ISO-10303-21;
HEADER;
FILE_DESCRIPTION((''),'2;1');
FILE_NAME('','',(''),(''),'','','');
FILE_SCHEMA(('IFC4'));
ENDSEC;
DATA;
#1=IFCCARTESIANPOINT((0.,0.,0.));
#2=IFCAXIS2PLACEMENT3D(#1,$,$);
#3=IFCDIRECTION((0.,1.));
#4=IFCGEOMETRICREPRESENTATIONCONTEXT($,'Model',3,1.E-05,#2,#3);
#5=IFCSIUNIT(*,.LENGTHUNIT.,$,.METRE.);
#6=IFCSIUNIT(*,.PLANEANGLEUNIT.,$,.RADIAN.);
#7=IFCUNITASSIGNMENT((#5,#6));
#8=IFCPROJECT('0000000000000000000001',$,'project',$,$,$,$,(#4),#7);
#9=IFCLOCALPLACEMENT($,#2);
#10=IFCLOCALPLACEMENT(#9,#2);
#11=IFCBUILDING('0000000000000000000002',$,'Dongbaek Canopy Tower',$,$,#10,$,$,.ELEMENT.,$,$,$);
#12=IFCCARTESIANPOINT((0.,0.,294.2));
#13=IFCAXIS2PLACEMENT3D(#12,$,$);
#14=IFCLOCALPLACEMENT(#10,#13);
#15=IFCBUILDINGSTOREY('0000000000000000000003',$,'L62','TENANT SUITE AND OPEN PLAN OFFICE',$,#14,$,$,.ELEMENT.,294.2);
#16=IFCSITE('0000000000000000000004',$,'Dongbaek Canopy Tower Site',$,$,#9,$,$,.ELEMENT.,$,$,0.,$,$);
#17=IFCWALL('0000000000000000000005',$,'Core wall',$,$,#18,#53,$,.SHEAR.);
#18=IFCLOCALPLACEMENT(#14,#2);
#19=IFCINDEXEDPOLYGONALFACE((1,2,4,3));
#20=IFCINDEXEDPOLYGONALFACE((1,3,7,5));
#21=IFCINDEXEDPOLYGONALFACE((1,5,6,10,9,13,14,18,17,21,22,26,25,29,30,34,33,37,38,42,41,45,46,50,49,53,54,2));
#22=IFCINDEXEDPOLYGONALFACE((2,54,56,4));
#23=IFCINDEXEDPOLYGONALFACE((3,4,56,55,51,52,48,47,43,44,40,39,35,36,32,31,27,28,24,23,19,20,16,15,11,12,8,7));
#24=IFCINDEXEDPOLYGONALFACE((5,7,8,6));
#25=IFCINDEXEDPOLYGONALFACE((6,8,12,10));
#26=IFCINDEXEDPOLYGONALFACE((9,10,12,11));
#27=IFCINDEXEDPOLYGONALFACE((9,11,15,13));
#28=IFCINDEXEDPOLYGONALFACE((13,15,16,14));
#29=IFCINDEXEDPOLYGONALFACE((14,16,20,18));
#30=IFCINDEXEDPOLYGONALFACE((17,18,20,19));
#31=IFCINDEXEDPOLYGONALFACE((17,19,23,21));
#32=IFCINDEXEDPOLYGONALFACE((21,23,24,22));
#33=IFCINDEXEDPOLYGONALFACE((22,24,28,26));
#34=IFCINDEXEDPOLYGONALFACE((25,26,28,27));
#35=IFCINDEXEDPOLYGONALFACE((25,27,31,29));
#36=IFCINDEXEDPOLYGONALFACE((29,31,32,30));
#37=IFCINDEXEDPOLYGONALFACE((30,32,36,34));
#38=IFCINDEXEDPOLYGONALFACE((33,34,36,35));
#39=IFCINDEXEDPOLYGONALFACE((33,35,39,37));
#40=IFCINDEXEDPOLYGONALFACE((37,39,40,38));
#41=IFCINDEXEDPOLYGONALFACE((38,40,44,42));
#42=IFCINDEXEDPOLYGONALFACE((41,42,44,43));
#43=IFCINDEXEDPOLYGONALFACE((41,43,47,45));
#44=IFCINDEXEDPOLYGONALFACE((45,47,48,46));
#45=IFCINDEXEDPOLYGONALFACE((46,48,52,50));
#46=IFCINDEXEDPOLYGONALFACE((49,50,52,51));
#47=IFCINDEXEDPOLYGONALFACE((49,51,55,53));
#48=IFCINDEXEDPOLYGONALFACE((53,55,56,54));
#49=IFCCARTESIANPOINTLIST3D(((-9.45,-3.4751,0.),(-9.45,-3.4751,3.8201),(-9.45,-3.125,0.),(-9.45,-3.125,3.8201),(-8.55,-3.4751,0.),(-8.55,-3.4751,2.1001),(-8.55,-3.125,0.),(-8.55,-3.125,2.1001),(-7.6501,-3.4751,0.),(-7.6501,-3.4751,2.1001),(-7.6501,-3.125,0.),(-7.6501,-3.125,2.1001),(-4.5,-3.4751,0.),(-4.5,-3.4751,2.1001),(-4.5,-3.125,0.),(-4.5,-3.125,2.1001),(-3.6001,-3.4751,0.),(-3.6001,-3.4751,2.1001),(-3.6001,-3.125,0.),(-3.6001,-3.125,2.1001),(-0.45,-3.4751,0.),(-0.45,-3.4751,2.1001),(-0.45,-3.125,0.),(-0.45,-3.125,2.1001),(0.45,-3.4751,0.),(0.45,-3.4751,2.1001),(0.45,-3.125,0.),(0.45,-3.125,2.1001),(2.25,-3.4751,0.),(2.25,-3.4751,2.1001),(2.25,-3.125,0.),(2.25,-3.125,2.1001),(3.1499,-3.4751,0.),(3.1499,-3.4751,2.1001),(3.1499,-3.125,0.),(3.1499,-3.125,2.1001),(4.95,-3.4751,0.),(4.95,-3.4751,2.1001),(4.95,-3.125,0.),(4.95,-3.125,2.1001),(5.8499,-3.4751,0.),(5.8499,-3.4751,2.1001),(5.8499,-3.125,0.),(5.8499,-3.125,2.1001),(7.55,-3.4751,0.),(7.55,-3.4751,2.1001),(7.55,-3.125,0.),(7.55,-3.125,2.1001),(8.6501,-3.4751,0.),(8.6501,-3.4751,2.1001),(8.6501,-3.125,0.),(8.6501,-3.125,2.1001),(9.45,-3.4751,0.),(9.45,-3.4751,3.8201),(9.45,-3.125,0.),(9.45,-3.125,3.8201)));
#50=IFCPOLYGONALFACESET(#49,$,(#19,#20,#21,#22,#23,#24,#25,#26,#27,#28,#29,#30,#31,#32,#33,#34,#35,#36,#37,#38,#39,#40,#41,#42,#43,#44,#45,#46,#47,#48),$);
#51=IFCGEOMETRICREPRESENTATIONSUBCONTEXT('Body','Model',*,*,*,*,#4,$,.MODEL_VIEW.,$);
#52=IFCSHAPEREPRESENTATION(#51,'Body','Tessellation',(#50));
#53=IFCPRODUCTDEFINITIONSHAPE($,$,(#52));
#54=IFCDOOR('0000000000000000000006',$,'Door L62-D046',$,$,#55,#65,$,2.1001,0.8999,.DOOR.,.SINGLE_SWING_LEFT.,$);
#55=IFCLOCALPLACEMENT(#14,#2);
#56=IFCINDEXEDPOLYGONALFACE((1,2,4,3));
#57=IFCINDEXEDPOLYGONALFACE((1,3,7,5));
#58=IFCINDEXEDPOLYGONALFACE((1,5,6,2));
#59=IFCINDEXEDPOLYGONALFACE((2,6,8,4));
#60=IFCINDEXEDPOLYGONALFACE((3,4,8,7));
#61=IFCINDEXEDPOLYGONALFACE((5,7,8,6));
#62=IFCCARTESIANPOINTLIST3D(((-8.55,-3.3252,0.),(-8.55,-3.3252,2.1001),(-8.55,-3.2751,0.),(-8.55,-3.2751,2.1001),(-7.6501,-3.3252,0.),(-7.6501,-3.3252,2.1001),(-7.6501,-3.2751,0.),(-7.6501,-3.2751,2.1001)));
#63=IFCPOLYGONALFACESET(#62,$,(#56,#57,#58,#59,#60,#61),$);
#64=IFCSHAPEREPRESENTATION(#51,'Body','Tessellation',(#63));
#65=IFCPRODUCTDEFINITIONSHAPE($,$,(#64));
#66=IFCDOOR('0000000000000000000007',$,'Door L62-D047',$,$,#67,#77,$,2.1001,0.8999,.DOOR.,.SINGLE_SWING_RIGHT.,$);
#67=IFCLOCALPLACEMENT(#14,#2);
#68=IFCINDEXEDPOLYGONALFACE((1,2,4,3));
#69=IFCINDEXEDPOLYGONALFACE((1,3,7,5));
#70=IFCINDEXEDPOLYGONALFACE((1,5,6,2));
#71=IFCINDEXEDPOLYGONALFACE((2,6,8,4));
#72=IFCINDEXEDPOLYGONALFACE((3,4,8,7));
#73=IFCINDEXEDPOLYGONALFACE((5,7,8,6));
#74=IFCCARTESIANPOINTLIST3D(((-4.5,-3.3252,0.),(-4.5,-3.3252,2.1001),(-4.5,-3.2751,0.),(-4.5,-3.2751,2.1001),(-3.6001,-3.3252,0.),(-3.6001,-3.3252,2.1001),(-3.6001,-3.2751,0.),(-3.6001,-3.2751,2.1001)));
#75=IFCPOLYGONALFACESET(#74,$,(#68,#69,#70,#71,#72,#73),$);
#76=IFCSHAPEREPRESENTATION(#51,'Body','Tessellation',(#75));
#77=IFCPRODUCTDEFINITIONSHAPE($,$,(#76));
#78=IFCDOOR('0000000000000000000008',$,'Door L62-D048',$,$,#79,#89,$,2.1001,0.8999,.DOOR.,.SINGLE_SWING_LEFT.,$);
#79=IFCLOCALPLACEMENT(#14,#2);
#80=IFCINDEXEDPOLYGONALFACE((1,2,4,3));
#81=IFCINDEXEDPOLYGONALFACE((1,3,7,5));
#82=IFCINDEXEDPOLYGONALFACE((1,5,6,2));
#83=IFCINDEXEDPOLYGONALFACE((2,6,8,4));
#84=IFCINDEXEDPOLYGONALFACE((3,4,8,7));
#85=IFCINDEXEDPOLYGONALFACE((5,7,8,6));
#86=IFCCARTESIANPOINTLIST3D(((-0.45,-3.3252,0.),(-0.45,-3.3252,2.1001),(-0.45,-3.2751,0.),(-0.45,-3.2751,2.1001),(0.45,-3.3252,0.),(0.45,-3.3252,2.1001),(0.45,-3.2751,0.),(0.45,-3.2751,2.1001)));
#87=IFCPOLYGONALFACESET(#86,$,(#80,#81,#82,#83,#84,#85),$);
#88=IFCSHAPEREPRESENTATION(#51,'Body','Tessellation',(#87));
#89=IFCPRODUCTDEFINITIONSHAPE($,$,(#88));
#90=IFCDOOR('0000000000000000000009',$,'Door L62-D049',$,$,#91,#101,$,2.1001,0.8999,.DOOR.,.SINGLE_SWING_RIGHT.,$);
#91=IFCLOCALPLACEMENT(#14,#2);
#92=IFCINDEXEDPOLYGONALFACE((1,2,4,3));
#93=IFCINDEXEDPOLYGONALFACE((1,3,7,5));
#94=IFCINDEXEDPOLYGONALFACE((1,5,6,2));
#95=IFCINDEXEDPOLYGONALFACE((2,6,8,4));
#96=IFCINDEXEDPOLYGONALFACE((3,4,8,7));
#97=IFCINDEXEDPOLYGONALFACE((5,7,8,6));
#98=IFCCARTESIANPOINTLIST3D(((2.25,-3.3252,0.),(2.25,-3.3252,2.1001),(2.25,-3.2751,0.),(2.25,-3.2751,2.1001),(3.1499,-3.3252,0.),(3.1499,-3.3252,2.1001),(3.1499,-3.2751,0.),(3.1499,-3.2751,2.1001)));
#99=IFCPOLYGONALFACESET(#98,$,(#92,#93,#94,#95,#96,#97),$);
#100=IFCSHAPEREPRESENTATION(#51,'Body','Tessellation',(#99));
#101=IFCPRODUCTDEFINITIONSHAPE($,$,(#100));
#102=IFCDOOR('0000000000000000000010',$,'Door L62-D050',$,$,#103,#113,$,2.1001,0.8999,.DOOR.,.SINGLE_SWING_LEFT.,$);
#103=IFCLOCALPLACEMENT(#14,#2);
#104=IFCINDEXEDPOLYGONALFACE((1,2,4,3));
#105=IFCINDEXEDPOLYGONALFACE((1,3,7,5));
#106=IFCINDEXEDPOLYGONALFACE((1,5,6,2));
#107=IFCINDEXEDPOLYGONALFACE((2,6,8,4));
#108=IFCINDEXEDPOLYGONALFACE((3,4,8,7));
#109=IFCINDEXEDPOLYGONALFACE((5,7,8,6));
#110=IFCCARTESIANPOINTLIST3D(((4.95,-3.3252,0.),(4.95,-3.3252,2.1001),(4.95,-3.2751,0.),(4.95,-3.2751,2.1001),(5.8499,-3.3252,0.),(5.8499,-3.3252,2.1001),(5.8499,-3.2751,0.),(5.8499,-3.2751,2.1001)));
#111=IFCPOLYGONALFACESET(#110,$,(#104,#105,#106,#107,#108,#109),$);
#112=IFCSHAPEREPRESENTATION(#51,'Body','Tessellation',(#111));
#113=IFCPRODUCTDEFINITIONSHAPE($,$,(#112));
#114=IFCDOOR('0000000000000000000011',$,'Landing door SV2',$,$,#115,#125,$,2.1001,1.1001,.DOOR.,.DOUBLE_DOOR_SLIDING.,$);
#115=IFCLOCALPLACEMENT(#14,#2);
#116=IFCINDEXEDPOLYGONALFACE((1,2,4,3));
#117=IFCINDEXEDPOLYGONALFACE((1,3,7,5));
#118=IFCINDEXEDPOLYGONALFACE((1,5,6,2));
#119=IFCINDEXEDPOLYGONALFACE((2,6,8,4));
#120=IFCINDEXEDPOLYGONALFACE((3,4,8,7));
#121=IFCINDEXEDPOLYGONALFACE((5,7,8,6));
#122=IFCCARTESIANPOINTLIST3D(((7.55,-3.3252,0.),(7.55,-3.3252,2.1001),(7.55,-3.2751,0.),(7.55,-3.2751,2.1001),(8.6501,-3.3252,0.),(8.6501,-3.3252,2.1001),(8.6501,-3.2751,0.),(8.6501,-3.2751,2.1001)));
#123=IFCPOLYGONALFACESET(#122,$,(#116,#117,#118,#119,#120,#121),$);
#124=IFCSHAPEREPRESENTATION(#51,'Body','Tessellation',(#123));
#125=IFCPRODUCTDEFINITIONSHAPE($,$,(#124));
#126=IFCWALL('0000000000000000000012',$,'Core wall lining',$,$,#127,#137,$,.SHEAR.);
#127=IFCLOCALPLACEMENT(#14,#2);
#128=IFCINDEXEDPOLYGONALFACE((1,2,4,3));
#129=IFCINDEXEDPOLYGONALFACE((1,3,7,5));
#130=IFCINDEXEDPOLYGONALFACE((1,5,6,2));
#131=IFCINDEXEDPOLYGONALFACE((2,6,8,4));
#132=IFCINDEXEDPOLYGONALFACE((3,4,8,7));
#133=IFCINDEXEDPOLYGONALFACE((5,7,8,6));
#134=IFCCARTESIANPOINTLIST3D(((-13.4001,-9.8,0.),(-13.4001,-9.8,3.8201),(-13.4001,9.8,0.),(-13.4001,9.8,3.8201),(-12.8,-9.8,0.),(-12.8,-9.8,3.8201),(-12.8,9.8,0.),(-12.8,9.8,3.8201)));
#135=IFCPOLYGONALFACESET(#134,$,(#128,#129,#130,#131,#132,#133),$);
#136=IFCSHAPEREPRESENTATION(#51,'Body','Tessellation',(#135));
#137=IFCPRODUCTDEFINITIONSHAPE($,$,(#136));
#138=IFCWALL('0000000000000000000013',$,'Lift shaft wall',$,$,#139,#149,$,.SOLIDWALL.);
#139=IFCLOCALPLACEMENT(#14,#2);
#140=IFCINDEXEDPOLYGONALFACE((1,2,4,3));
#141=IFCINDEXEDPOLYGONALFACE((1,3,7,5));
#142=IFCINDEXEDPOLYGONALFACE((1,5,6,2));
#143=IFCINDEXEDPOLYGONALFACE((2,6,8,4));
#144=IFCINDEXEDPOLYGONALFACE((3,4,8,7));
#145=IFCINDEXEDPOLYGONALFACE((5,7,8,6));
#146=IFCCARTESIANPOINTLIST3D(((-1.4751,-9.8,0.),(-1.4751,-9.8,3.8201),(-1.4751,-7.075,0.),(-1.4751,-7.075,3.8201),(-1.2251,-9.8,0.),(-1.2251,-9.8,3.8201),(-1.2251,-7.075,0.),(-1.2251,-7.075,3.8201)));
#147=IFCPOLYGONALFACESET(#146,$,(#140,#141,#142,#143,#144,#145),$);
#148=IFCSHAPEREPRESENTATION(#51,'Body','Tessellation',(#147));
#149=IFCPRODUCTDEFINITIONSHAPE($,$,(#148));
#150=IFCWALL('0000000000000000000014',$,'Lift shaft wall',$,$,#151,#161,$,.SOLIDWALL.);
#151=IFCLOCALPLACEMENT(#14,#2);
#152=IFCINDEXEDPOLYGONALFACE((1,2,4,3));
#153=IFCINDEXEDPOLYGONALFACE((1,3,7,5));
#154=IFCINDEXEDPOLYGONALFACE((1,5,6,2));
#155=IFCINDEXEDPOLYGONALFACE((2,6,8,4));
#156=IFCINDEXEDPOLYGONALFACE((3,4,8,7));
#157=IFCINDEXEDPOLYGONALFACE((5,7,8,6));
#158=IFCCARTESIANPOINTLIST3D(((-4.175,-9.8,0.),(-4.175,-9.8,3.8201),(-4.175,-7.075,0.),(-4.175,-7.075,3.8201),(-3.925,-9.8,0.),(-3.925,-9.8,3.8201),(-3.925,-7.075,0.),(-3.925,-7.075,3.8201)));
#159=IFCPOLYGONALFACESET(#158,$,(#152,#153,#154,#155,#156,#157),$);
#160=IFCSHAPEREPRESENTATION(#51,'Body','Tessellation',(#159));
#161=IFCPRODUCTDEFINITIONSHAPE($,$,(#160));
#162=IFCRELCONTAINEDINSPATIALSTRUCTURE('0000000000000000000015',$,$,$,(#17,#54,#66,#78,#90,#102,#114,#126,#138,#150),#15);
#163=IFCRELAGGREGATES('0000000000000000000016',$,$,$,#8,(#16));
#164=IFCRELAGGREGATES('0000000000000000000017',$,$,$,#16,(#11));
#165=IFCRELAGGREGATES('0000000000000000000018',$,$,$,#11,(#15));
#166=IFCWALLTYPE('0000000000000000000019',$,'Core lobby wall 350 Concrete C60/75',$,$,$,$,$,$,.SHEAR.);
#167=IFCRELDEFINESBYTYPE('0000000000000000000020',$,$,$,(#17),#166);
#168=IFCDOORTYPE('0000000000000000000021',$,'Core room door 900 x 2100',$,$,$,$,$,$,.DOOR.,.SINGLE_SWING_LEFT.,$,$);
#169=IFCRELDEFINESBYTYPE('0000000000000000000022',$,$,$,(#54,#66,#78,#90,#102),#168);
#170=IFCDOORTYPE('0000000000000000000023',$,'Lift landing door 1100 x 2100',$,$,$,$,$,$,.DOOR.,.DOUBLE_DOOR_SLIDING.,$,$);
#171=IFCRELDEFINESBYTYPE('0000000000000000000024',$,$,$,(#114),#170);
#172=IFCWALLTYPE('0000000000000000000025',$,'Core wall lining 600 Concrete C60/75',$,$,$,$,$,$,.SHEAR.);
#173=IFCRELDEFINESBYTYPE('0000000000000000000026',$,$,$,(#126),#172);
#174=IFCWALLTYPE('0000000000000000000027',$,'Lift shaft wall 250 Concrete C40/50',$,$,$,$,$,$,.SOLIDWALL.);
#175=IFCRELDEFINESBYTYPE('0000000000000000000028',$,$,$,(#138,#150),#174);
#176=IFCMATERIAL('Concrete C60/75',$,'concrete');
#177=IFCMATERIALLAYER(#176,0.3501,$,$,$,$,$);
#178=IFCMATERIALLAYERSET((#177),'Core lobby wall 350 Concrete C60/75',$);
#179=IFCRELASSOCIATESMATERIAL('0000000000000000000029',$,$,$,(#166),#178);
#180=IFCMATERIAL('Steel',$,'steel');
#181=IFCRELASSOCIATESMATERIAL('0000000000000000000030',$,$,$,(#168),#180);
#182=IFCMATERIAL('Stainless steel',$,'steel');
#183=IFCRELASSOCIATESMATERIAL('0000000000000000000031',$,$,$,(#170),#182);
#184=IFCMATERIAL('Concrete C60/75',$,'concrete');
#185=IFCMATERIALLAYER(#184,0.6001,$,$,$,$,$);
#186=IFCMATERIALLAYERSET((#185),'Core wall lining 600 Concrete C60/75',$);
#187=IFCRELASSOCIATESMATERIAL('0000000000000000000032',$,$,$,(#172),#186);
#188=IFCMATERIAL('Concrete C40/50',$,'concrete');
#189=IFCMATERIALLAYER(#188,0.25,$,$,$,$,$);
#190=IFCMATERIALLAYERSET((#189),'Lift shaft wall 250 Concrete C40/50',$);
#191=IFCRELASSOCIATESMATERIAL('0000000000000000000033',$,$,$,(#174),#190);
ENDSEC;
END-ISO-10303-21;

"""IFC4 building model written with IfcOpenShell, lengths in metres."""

from ifc_helpers import new_model, si_unit, direction, frame, frame_2d, origin, place, context, subcontext, project, spatial, rectangle, extrude, material, layer, layer_set, type_object, element, fill, save


model = new_model("IFC4")

# Units and contexts
model_context = context("Model", 3, precision=1e-05, world=origin(), true_north=direction((0.0, 1.0)))
body_context = subcontext(model_context, "Body", "Model", "MODEL_VIEW")
ifc_project = project(units=[si_unit("LENGTHUNIT", "METRE"), si_unit("PLANEANGLEUNIT", "RADIAN")], contexts=[model_context])

# Site, building, storey
site_placement = place(None, origin())
site = spatial("IfcSite", under=ifc_project, at=site_placement, Name="Dongbaek Canopy Tower Site", CompositionType="ELEMENT", RefElevation=0.0)
building_placement = place(site_placement, origin())
building = spatial("IfcBuilding", under=site, at=building_placement, Name="Dongbaek Canopy Tower", CompositionType="ELEMENT")
storey_placement = place(building_placement, frame((0.0, 0.0, 294.2)))
storey = spatial("IfcBuildingStorey", under=building, at=storey_placement, Name="L62", Description="TENANT SUITE AND OPEN PLAN OFFICE", CompositionType="ELEMENT", Elevation=294.2)

# Wall, openings, doors
ifc_material_1 = material(Name="Concrete C60/75", Category="concrete")
ifc_layer_1 = layer(ifc_material_1, 0.3501)
ifc_layer_set_1 = layer_set([ifc_layer_1], Name="Core lobby wall 350 Concrete C60/75")
wall_type_1 = type_object("IfcWallType", Name="Core lobby wall 350 Concrete C60/75", PredefinedType="SHEAR", material=ifc_layer_set_1)
wall_1_placement = place(storey_placement, frame((-9.45, -3.3, 0.0), z_axis=(0.0, 0.0, 1.0), x_axis=(1.0, 0.0, 0.0)))
wall_1 = element("IfcWall", 1, at=wall_1_placement, inside=storey, type_object=wall_type_1, Name="Core wall", PredefinedType="SHEAR", context=body_context, shape_type="SweptSolid", body=[
    extrude(rectangle(XDim=18.8999, YDim=0.3501, at=frame_2d((9.45, 0.0))), origin(), (0.0, 0.0, 1.0), 3.8201),
])
opening_1_placement = place(wall_1_placement, frame((17.0, 0.0, 0.0)))
opening_1 = element("IfcOpeningElement", 2, at=opening_1_placement, cuts=wall_1, PredefinedType="OPENING", context=body_context, shape_type="SweptSolid", body=[
    extrude(rectangle(XDim=1.1001, YDim=2.1001, at=frame_2d((0.55, 1.05))), frame((0.0, 0.1851, 0.0), z_axis=(0.0, -1.0, 0.0), x_axis=(1.0, 0.0, 0.0)), (0.0, 0.0, 1.0), 0.3701),
])
opening_2_placement = place(wall_1_placement, frame((0.8999, 0.0, 0.0)))
opening_2 = element("IfcOpeningElement", 3, at=opening_2_placement, cuts=wall_1, PredefinedType="OPENING", context=body_context, shape_type="SweptSolid", body=[
    extrude(rectangle(XDim=0.8999, YDim=2.1001, at=frame_2d((0.45, 1.05))), frame((0.0, 0.1851, 0.0), z_axis=(0.0, -1.0, 0.0), x_axis=(1.0, 0.0, 0.0)), (0.0, 0.0, 1.0), 0.3701),
])
opening_3_placement = place(wall_1_placement, frame((4.95, 0.0, 0.0)))
opening_3 = element("IfcOpeningElement", 4, at=opening_3_placement, cuts=wall_1, PredefinedType="OPENING", context=body_context, shape_type="SweptSolid", body=[
    extrude(rectangle(XDim=0.8999, YDim=2.1001, at=frame_2d((0.45, 1.05))), frame((0.0, 0.1851, 0.0), z_axis=(0.0, -1.0, 0.0), x_axis=(1.0, 0.0, 0.0)), (0.0, 0.0, 1.0), 0.3701),
])
opening_4_placement = place(wall_1_placement, frame((9.0, 0.0, 0.0)))
opening_4 = element("IfcOpeningElement", 5, at=opening_4_placement, cuts=wall_1, PredefinedType="OPENING", context=body_context, shape_type="SweptSolid", body=[
    extrude(rectangle(XDim=0.8999, YDim=2.1001, at=frame_2d((0.45, 1.05))), frame((0.0, 0.1851, 0.0), z_axis=(0.0, -1.0, 0.0), x_axis=(1.0, 0.0, 0.0)), (0.0, 0.0, 1.0), 0.3701),
])
opening_5_placement = place(wall_1_placement, frame((11.7, 0.0, 0.0)))
opening_5 = element("IfcOpeningElement", 6, at=opening_5_placement, cuts=wall_1, PredefinedType="OPENING", context=body_context, shape_type="SweptSolid", body=[
    extrude(rectangle(XDim=0.8999, YDim=2.1001, at=frame_2d((0.45, 1.05))), frame((0.0, 0.1851, 0.0), z_axis=(0.0, -1.0, 0.0), x_axis=(1.0, 0.0, 0.0)), (0.0, 0.0, 1.0), 0.3701),
])
opening_6_placement = place(wall_1_placement, frame((14.3999, 0.0, 0.0)))
opening_6 = element("IfcOpeningElement", 7, at=opening_6_placement, cuts=wall_1, PredefinedType="OPENING", context=body_context, shape_type="SweptSolid", body=[
    extrude(rectangle(XDim=0.8999, YDim=2.1001, at=frame_2d((0.45, 1.05))), frame((0.0, 0.1851, 0.0), z_axis=(0.0, -1.0, 0.0), x_axis=(1.0, 0.0, 0.0)), (0.0, 0.0, 1.0), 0.3701),
])
ifc_material_2 = material(Name="Steel", Category="steel")
door_type_1 = type_object("IfcDoorType", Name="Core room door 900 x 2100", OperationType="SINGLE_SWING_LEFT", PredefinedType="DOOR", material=ifc_material_2)
door_1_placement = place(opening_2_placement, origin())
door_1 = element("IfcDoor", 8, at=door_1_placement, inside=storey, type_object=door_type_1, Name="Door L62-D046", OperationType="SINGLE_SWING_LEFT", OverallHeight=2.1001, OverallWidth=0.8999, PredefinedType="DOOR", context=body_context, shape_type="SweptSolid", body=[
    extrude(rectangle(XDim=0.8999, YDim=2.1001, at=frame_2d((0.45, 1.05))), frame((0.0, 0.0249, 0.0), z_axis=(0.0, -1.0, 0.0), x_axis=(1.0, 0.0, 0.0)), (0.0, 0.0, 1.0), 0.05),
])
fill(opening_2, door_1)
door_2_placement = place(opening_3_placement, origin())
door_2 = element("IfcDoor", 9, at=door_2_placement, inside=storey, type_object=door_type_1, Name="Door L62-D047", OperationType="SINGLE_SWING_RIGHT", OverallHeight=2.1001, OverallWidth=0.8999, PredefinedType="DOOR", context=body_context, shape_type="SweptSolid", body=[
    extrude(rectangle(XDim=0.8999, YDim=2.1001, at=frame_2d((0.45, 1.05))), frame((0.0, 0.0249, 0.0), z_axis=(0.0, -1.0, 0.0), x_axis=(1.0, 0.0, 0.0)), (0.0, 0.0, 1.0), 0.05),
])
fill(opening_3, door_2)
door_3_placement = place(opening_4_placement, origin())
door_3 = element("IfcDoor", 10, at=door_3_placement, inside=storey, type_object=door_type_1, Name="Door L62-D048", OperationType="SINGLE_SWING_LEFT", OverallHeight=2.1001, OverallWidth=0.8999, PredefinedType="DOOR", context=body_context, shape_type="SweptSolid", body=[
    extrude(rectangle(XDim=0.8999, YDim=2.1001, at=frame_2d((0.45, 1.05))), frame((0.0, 0.0249, 0.0), z_axis=(0.0, -1.0, 0.0), x_axis=(1.0, 0.0, 0.0)), (0.0, 0.0, 1.0), 0.05),
])
fill(opening_4, door_3)
door_4_placement = place(opening_5_placement, origin())
door_4 = element("IfcDoor", 11, at=door_4_placement, inside=storey, type_object=door_type_1, Name="Door L62-D049", OperationType="SINGLE_SWING_RIGHT", OverallHeight=2.1001, OverallWidth=0.8999, PredefinedType="DOOR", context=body_context, shape_type="SweptSolid", body=[
    extrude(rectangle(XDim=0.8999, YDim=2.1001, at=frame_2d((0.45, 1.05))), frame((0.0, 0.0249, 0.0), z_axis=(0.0, -1.0, 0.0), x_axis=(1.0, 0.0, 0.0)), (0.0, 0.0, 1.0), 0.05),
])
fill(opening_5, door_4)
door_5_placement = place(opening_6_placement, origin())
door_5 = element("IfcDoor", 12, at=door_5_placement, inside=storey, type_object=door_type_1, Name="Door L62-D050", OperationType="SINGLE_SWING_LEFT", OverallHeight=2.1001, OverallWidth=0.8999, PredefinedType="DOOR", context=body_context, shape_type="SweptSolid", body=[
    extrude(rectangle(XDim=0.8999, YDim=2.1001, at=frame_2d((0.45, 1.05))), frame((0.0, 0.0249, 0.0), z_axis=(0.0, -1.0, 0.0), x_axis=(1.0, 0.0, 0.0)), (0.0, 0.0, 1.0), 0.05),
])
fill(opening_6, door_5)
ifc_material_3 = material(Name="Stainless steel", Category="steel")
door_type_2 = type_object("IfcDoorType", Name="Lift landing door 1100 x 2100", OperationType="DOUBLE_DOOR_SLIDING", PredefinedType="DOOR", material=ifc_material_3)
door_6_placement = place(opening_1_placement, origin())
door_6 = element("IfcDoor", 13, at=door_6_placement, inside=storey, type_object=door_type_2, Name="Landing door SV2", OperationType="DOUBLE_DOOR_SLIDING", OverallHeight=2.1001, OverallWidth=1.1001, PredefinedType="DOOR", context=body_context, shape_type="SweptSolid", body=[
    extrude(rectangle(XDim=1.1001, YDim=2.1001, at=frame_2d((0.55, 1.05))), frame((0.0, 0.0249, 0.0), z_axis=(0.0, -1.0, 0.0), x_axis=(1.0, 0.0, 0.0)), (0.0, 0.0, 1.0), 0.05),
])
fill(opening_1, door_6)

# Walls
ifc_material_4 = material(Name="Concrete C60/75", Category="concrete")
ifc_layer_2 = layer(ifc_material_4, 0.6001)
ifc_layer_set_2 = layer_set([ifc_layer_2], Name="Core wall lining 600 Concrete C60/75")
wall_type_2 = type_object("IfcWallType", Name="Core wall lining 600 Concrete C60/75", PredefinedType="SHEAR", material=ifc_layer_set_2)
wall_2_placement = place(storey_placement, frame((-13.1001, -9.8, 0.0), z_axis=(0.0, 0.0, 1.0), x_axis=(0.0, 1.0, 0.0)))
element("IfcWall", 14, at=wall_2_placement, inside=storey, type_object=wall_type_2, Name="Core wall lining", PredefinedType="SHEAR", context=body_context, shape_type="SweptSolid", body=[
    extrude(rectangle(XDim=19.6001, YDim=0.6001, at=frame_2d((9.8, 0.0))), origin(), (0.0, 0.0, 1.0), 3.8201),
])
ifc_material_5 = material(Name="Concrete C40/50", Category="concrete")
ifc_layer_3 = layer(ifc_material_5, 0.25)
ifc_layer_set_3 = layer_set([ifc_layer_3], Name="Lift shaft wall 250 Concrete C40/50")
wall_type_3 = type_object("IfcWallType", Name="Lift shaft wall 250 Concrete C40/50", PredefinedType="SOLIDWALL", material=ifc_layer_set_3)
for number, where, z_axis, x_axis, name in (
    (15, (-1.3501, -9.8, 0.0), (0.0, 0.0, 1.0), (0.0, 1.0, 0.0), "Lift shaft wall"),
    (16, (-4.05, -9.8, 0.0), (0.0, 0.0, 1.0), (0.0, 1.0, 0.0), "Lift shaft wall"),
):
    element("IfcWall", number, at=place(storey_placement, frame(where, z_axis=z_axis, x_axis=x_axis)), inside=storey, type_object=wall_type_3, Name=name, PredefinedType="SOLIDWALL", context=body_context, shape_type="SweptSolid", body=[
        extrude(rectangle(XDim=2.7251, YDim=0.25, at=frame_2d((1.3625, 0.0))), origin(), (0.0, 0.0, 1.0), 3.8201),
    ])

save(model, "model.ifc")
